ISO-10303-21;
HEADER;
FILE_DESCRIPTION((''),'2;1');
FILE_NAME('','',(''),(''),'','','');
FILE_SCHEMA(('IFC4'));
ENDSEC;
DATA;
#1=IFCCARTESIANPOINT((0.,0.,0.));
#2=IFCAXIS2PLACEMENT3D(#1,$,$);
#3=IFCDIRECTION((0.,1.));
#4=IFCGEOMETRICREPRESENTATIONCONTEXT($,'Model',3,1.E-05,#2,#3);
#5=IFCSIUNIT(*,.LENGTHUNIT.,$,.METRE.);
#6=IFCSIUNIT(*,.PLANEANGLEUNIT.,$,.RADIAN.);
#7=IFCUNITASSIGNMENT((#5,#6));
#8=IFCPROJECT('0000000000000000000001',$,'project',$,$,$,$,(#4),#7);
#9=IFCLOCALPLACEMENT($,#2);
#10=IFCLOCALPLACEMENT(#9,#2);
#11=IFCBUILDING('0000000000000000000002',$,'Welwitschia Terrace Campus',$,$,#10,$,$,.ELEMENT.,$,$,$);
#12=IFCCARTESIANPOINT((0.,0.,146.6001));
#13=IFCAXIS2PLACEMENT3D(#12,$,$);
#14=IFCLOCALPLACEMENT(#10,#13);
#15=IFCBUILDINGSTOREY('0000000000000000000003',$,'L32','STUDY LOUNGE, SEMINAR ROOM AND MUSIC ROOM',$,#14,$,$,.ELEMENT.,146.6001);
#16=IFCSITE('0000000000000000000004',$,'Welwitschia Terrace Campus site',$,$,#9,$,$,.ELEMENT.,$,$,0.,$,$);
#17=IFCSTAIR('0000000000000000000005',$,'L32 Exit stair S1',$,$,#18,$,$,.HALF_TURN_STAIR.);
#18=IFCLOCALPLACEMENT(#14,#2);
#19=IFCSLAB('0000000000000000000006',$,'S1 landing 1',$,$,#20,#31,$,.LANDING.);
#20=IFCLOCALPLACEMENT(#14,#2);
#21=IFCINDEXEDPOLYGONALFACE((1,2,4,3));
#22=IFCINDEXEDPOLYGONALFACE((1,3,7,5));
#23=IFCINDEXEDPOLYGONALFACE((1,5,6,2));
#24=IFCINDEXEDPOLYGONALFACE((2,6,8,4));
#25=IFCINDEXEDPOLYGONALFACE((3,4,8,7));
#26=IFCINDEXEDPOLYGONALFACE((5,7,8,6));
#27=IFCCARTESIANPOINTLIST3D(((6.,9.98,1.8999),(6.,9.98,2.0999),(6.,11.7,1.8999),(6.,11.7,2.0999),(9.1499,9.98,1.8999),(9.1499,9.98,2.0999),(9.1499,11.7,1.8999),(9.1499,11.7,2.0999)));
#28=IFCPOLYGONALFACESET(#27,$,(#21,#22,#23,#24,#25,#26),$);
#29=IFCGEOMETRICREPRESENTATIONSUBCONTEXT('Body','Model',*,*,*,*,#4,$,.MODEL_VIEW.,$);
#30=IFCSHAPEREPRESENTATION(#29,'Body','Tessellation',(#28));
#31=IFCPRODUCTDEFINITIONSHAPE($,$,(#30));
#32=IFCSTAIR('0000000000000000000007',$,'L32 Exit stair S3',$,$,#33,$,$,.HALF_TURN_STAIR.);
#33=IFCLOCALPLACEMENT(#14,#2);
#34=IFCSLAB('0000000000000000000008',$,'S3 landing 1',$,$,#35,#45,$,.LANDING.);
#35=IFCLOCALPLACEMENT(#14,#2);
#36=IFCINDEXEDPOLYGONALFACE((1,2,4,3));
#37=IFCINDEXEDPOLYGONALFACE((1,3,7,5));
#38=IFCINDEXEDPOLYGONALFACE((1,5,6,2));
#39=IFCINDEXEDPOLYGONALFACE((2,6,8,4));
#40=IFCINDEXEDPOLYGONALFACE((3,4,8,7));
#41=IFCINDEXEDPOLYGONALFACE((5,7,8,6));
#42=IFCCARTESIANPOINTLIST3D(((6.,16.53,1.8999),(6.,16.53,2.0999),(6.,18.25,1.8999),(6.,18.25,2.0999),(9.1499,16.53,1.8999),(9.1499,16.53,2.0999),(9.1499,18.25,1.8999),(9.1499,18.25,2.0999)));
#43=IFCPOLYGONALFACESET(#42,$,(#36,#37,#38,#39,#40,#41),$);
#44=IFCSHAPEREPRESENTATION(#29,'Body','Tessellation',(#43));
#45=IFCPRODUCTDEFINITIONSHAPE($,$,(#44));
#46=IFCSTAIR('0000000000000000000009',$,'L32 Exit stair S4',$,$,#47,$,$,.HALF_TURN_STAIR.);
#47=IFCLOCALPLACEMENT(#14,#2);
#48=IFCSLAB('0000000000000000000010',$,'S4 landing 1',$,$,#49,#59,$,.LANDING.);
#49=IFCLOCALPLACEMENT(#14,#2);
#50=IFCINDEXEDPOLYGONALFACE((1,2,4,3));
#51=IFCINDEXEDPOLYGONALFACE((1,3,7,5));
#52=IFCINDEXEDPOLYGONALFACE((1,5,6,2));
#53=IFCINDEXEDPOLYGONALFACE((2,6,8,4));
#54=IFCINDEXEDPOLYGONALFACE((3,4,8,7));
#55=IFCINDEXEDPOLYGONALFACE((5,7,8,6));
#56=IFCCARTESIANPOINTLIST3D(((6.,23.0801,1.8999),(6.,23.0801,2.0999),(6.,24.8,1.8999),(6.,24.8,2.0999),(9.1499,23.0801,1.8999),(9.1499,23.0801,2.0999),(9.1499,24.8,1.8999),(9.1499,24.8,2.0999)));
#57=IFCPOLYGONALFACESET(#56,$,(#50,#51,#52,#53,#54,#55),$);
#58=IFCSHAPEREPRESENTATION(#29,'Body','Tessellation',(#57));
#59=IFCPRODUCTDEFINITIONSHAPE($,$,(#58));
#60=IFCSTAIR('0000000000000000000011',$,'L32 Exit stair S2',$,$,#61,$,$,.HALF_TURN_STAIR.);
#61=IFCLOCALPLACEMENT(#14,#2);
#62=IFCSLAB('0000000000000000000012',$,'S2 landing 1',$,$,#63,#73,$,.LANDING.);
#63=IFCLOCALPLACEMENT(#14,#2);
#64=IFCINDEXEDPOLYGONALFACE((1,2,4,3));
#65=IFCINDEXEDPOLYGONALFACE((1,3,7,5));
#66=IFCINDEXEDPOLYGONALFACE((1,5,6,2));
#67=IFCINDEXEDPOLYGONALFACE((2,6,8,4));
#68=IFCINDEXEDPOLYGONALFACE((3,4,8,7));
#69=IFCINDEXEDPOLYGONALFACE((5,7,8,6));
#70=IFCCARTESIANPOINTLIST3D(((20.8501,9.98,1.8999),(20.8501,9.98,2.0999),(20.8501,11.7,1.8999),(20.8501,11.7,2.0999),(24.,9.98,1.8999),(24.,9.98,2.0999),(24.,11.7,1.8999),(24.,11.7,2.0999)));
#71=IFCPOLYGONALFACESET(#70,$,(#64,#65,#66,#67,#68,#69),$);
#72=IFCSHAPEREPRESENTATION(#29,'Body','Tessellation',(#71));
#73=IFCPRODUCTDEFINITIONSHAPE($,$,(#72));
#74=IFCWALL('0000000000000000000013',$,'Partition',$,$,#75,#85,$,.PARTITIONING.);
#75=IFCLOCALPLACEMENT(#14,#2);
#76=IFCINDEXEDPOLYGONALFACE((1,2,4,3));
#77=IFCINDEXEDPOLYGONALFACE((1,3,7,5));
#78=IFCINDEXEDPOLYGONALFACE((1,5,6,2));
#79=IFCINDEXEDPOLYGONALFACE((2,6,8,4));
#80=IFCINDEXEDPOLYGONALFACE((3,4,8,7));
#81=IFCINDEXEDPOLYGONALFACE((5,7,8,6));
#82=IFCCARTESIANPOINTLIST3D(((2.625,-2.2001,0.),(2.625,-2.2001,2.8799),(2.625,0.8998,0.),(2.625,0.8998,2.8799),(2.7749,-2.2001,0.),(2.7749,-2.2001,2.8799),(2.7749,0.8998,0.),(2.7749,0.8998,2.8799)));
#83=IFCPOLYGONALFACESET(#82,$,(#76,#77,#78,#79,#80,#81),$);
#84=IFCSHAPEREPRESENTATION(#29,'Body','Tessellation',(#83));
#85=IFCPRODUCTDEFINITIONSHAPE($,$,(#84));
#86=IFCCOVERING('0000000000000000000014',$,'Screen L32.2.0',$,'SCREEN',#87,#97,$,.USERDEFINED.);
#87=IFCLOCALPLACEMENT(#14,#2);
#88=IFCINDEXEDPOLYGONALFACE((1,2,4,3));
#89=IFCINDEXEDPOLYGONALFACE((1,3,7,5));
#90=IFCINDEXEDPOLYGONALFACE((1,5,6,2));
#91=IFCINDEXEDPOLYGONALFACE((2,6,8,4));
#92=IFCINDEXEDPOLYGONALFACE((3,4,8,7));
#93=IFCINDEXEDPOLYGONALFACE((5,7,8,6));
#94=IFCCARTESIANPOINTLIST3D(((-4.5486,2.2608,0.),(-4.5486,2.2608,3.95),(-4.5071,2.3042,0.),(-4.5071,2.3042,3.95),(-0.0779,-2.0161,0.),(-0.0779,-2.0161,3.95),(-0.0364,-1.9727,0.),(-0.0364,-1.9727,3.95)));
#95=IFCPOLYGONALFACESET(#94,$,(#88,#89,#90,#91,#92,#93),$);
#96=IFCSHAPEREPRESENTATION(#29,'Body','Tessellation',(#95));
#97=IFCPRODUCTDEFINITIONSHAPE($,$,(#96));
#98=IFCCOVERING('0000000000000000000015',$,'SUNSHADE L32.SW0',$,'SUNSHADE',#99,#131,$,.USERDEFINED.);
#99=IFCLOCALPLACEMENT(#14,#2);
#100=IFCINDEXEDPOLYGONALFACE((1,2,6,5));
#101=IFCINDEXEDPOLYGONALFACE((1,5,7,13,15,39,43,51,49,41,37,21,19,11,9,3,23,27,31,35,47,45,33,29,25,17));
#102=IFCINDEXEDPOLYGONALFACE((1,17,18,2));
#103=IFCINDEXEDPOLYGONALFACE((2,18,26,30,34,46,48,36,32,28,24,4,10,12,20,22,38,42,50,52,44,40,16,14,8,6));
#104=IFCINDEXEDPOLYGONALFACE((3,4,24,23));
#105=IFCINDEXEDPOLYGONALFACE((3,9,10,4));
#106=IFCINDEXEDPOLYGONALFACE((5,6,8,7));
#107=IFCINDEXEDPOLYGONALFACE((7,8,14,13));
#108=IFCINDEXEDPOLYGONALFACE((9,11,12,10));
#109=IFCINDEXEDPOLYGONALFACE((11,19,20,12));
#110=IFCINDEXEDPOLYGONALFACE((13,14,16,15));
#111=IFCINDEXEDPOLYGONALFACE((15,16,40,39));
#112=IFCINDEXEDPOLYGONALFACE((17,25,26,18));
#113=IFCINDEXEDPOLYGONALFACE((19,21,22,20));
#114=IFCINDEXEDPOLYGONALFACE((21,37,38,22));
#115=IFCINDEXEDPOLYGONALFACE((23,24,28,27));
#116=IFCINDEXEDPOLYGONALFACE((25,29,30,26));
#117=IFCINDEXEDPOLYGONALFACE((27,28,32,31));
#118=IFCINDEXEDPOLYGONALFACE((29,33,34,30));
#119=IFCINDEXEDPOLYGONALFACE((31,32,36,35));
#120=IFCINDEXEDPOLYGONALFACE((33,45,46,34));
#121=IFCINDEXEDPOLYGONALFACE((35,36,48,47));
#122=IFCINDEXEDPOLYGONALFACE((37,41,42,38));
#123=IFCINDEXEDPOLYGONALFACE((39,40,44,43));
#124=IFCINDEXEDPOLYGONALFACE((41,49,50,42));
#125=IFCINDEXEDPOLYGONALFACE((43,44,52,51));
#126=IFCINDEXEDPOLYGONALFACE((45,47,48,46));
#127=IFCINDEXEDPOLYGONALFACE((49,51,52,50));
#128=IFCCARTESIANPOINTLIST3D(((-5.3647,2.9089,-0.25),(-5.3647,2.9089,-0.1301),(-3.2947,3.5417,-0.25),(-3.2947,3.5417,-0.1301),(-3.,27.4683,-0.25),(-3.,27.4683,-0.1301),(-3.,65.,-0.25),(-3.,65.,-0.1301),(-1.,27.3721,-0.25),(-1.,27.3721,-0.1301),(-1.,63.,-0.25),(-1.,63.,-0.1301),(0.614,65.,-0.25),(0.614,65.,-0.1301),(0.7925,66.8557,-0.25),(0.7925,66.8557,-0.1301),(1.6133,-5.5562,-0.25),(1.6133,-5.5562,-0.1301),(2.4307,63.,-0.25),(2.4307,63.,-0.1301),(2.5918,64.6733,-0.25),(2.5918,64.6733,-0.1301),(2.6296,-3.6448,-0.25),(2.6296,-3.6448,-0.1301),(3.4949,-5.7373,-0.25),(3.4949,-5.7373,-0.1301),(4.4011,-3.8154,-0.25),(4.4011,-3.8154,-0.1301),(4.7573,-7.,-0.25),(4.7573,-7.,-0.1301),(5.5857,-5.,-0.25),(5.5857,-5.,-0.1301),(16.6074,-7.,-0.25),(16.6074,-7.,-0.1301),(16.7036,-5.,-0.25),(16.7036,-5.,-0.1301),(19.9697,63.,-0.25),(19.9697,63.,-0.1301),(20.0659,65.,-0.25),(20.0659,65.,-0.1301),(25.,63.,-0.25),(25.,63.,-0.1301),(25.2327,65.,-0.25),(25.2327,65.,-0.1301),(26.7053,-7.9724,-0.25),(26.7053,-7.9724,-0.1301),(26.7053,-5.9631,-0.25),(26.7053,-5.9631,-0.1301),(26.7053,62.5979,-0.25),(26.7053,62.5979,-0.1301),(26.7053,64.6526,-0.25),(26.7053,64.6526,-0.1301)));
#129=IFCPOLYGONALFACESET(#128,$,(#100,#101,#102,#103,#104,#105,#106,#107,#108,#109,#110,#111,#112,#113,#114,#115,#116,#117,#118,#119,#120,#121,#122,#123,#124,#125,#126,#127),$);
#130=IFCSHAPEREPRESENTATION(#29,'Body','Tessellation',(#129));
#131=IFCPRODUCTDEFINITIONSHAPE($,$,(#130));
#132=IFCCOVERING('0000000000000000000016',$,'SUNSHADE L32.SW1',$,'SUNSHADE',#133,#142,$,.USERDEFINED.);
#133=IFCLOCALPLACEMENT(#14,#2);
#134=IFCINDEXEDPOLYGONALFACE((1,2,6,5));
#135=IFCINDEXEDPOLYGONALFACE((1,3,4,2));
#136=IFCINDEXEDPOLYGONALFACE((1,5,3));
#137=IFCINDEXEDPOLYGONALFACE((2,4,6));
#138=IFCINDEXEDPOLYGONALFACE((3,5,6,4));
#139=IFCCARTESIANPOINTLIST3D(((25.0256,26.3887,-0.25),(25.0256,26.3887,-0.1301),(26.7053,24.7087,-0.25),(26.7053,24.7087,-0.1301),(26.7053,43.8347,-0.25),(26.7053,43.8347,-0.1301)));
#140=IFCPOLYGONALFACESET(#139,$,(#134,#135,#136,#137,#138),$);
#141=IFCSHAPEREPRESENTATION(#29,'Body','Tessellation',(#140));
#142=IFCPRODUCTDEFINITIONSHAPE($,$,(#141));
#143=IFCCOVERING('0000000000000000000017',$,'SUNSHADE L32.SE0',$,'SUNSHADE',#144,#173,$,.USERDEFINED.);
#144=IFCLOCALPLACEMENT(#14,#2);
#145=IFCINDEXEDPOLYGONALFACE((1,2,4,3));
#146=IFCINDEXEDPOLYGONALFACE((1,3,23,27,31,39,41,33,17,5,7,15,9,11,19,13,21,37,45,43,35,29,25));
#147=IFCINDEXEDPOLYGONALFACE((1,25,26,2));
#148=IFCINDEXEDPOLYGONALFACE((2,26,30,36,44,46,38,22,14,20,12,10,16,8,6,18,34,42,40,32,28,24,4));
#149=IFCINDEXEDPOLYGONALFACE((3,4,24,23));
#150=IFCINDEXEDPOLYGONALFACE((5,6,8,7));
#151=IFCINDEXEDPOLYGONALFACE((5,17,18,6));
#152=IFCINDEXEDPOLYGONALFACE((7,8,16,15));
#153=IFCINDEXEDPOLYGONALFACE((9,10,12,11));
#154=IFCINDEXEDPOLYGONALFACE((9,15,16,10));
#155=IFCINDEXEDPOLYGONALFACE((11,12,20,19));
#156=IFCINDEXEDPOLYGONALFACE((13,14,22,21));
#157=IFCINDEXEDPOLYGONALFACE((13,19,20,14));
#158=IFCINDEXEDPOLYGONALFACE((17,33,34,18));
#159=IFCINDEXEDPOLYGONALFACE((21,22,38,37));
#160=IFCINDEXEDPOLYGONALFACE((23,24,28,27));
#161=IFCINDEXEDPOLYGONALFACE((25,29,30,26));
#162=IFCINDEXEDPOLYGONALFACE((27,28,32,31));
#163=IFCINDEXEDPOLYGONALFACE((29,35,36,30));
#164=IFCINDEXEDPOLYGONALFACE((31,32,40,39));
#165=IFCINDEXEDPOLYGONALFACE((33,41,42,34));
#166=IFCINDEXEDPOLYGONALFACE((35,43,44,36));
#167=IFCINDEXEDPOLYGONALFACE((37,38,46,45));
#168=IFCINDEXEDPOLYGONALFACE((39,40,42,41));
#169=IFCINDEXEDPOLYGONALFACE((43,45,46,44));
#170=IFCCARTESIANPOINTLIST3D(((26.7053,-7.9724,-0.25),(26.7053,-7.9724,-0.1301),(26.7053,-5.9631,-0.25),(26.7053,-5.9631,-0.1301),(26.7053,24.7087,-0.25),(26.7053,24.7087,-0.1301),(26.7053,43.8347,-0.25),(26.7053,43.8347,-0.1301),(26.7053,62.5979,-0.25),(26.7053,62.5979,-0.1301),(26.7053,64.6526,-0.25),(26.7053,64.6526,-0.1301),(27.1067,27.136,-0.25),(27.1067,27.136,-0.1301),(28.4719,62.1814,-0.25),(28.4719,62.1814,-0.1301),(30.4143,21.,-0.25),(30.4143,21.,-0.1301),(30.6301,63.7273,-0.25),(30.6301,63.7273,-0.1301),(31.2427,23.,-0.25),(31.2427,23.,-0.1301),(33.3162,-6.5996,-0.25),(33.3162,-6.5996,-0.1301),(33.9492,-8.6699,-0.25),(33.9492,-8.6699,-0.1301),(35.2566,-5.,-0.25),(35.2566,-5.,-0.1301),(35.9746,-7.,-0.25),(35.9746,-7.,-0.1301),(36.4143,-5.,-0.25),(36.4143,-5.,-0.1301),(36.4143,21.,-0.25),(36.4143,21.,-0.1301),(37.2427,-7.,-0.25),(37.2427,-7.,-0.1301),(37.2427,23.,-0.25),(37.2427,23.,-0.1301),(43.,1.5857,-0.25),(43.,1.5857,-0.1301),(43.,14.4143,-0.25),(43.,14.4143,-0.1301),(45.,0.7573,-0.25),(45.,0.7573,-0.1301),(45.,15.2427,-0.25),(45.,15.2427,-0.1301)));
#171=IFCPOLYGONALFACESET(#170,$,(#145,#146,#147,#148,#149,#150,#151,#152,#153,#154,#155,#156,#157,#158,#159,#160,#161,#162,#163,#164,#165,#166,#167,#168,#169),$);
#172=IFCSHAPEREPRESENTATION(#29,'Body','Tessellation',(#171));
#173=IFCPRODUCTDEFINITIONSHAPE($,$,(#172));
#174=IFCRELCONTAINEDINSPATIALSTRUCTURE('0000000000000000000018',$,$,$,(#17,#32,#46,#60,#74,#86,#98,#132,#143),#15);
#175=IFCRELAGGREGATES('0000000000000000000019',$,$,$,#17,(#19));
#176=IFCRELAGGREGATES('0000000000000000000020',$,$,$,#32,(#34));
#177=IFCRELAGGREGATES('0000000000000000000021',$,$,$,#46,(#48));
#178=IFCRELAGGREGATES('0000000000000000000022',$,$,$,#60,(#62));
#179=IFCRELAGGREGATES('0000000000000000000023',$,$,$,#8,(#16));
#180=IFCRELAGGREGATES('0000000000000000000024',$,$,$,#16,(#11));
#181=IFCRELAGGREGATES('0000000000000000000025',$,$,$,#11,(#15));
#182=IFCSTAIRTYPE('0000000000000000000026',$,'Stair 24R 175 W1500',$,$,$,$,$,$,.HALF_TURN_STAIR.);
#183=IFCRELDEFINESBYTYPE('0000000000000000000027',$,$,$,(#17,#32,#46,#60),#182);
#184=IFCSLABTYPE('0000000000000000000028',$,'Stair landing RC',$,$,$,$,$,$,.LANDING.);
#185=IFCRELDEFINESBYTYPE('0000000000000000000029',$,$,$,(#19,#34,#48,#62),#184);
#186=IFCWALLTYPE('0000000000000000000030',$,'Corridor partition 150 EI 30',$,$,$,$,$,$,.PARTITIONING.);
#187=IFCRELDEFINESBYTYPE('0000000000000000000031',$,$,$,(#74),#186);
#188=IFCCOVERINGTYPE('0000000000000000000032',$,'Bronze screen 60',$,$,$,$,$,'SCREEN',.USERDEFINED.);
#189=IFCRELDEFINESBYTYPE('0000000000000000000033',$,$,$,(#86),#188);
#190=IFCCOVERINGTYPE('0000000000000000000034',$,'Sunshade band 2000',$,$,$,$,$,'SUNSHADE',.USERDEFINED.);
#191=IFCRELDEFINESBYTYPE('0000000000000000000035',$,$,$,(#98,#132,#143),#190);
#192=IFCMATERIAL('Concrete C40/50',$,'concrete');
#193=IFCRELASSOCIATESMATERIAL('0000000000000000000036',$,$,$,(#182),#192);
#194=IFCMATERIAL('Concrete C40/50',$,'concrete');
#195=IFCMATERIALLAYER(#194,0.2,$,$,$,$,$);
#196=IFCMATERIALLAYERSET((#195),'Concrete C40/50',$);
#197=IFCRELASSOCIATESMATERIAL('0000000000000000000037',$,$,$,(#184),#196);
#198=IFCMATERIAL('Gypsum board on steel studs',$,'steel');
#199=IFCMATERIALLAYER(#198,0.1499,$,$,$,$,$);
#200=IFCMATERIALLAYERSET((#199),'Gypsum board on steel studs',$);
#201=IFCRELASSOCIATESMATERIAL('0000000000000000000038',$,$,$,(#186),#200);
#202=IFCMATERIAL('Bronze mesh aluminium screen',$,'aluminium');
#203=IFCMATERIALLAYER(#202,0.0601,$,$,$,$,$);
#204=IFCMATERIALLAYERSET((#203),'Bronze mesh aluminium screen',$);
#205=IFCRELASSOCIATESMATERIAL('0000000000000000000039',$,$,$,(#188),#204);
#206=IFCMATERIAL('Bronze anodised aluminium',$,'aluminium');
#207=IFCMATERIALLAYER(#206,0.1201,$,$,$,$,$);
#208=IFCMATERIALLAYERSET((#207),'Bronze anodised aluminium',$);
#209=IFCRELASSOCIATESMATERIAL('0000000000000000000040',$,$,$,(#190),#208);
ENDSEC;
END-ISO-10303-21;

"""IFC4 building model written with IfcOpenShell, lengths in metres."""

from ifc_helpers import new_model, si_unit, direction, frame, frame_2d, origin, origin_2d, place, context, subcontext, project, spatial, polyline, rectangle, outline, extrude, material, layer, layer_set, type_object, element, aggregate, save


model = new_model("IFC4")

# Units and contexts
model_context = context("Model", 3, precision=1e-05, world=origin(), true_north=direction((0.0, 1.0)))
body_context = subcontext(model_context, "Body", "Model", "MODEL_VIEW")
ifc_project = project(units=[si_unit("LENGTHUNIT", "METRE"), si_unit("PLANEANGLEUNIT", "RADIAN")], contexts=[model_context])

# Site, building, storey
site_placement = place(None, origin())
site = spatial("IfcSite", under=ifc_project, at=site_placement, Name="Welwitschia Terrace Campus site", CompositionType="ELEMENT", RefElevation=0.0)
building_placement = place(site_placement, origin())
building = spatial("IfcBuilding", under=site, at=building_placement, Name="Welwitschia Terrace Campus", CompositionType="ELEMENT")
storey_placement = place(building_placement, frame((0.0, 0.0, 146.6001)))
storey = spatial("IfcBuildingStorey", under=building, at=storey_placement, Name="L32", Description="STUDY LOUNGE, SEMINAR ROOM AND MUSIC ROOM", CompositionType="ELEMENT", Elevation=146.6001)

# Stairs, slabs
ifc_material_1 = material(Name="Concrete C40/50", Category="concrete")
stair_type = type_object("IfcStairType", Name="Stair 24R 175 W1500", PredefinedType="HALF_TURN_STAIR", material=ifc_material_1)
stair_1_placement = place(storey_placement, origin())
stair_1 = element("IfcStair", 1, at=stair_1_placement, inside=storey, type_object=stair_type, Name="L32 Exit stair S1", PredefinedType="HALF_TURN_STAIR")
ifc_material_2 = material(Name="Concrete C40/50", Category="concrete")
ifc_layer_1 = layer(ifc_material_2, 0.2)
ifc_layer_set_1 = layer_set([ifc_layer_1], Name="Concrete C40/50")
slab_type_1 = type_object("IfcSlabType", Name="Stair landing RC", PredefinedType="LANDING", material=ifc_layer_set_1)
slab_1_placement = place(storey_placement, frame((0.0, 0.0, 1.8999)))
slab_1 = element("IfcSlab", 2, at=slab_1_placement, type_object=slab_type_1, Name="S1 landing 1", PredefinedType="LANDING", context=body_context, shape_type="SweptSolid", body=[
    extrude(outline(polyline([(9.1499, 9.98), (9.1499, 11.7), (6.0, 11.7), (6.0, 9.98), (9.1499, 9.98)])), origin(), (0.0, 0.0, 1.0), 0.2),
])
aggregate(stair_1, [slab_1])
stair_2_placement = place(storey_placement, origin())
stair_2 = element("IfcStair", 3, at=stair_2_placement, inside=storey, type_object=stair_type, Name="L32 Exit stair S3", PredefinedType="HALF_TURN_STAIR")
slab_2_placement = place(storey_placement, frame((0.0, 0.0, 1.8999)))
slab_2 = element("IfcSlab", 4, at=slab_2_placement, type_object=slab_type_1, Name="S3 landing 1", PredefinedType="LANDING", context=body_context, shape_type="SweptSolid", body=[
    extrude(outline(polyline([(9.1499, 16.53), (9.1499, 18.25), (6.0, 18.25), (6.0, 16.53), (9.1499, 16.53)])), origin(), (0.0, 0.0, 1.0), 0.2),
])
aggregate(stair_2, [slab_2])
stair_3_placement = place(storey_placement, origin())
stair_3 = element("IfcStair", 5, at=stair_3_placement, inside=storey, type_object=stair_type, Name="L32 Exit stair S4", PredefinedType="HALF_TURN_STAIR")
slab_3_placement = place(storey_placement, frame((0.0, 0.0, 1.8999)))
slab_3 = element("IfcSlab", 6, at=slab_3_placement, type_object=slab_type_1, Name="S4 landing 1", PredefinedType="LANDING", context=body_context, shape_type="SweptSolid", body=[
    extrude(outline(polyline([(9.1499, 23.0801), (9.1499, 24.8), (6.0, 24.8), (6.0, 23.0801), (9.1499, 23.0801)])), origin(), (0.0, 0.0, 1.0), 0.2),
])
aggregate(stair_3, [slab_3])
stair_4_placement = place(storey_placement, origin())
stair_4 = element("IfcStair", 7, at=stair_4_placement, inside=storey, type_object=stair_type, Name="L32 Exit stair S2", PredefinedType="HALF_TURN_STAIR")
slab_4_placement = place(storey_placement, frame((0.0, 0.0, 1.8999)))
slab_4 = element("IfcSlab", 8, at=slab_4_placement, type_object=slab_type_1, Name="S2 landing 1", PredefinedType="LANDING", context=body_context, shape_type="SweptSolid", body=[
    extrude(outline(polyline([(24.0, 9.98), (24.0, 11.7), (20.8501, 11.7), (20.8501, 9.98), (24.0, 9.98)])), origin(), (0.0, 0.0, 1.0), 0.2),
])
aggregate(stair_4, [slab_4])

# Wall
ifc_material_3 = material(Name="Gypsum board on steel studs", Category="steel")
ifc_layer_2 = layer(ifc_material_3, 0.1499)
ifc_layer_set_2 = layer_set([ifc_layer_2], Name="Gypsum board on steel studs")
wall_type = type_object("IfcWallType", Name="Corridor partition 150 EI 30", PredefinedType="PARTITIONING", material=ifc_layer_set_2)
wall_placement = place(storey_placement, frame((2.7, -2.2, 0.0), z_axis=(0.0, 0.0, 1.0), x_axis=(0.0, 1.0, 0.0)))
element("IfcWall", 9, at=wall_placement, inside=storey, type_object=wall_type, Name="Partition", PredefinedType="PARTITIONING", context=body_context, shape_type="SweptSolid", body=[
    extrude(rectangle(XDim=3.0999, YDim=0.1499, at=frame_2d((1.5498, 0.0))), origin(), (0.0, 0.0, 1.0), 2.8799),
])

# Coverings
ifc_material_4 = material(Name="Bronze mesh aluminium screen", Category="aluminium")
ifc_layer_3 = layer(ifc_material_4, 0.0601)
ifc_layer_set_3 = layer_set([ifc_layer_3], Name="Bronze mesh aluminium screen")
covering_type_1 = type_object("IfcCoveringType", Name="Bronze screen 60", ElementType="SCREEN", PredefinedType="USERDEFINED", material=ifc_layer_set_3)
covering_1_placement = place(storey_placement, frame((-2.2925, 0.144, 0.0), z_axis=(0.0, 0.0, 1.0), x_axis=(0.722588, -0.691279, 0.0)))
element("IfcCovering", 10, at=covering_1_placement, inside=storey, type_object=covering_type_1, Name="Screen L32.2.0", ObjectType="SCREEN", PredefinedType="USERDEFINED", context=body_context, shape_type="SweptSolid", body=[
    extrude(rectangle(XDim=6.187, YDim=0.0601, at=origin_2d()), origin(), (0.0, 0.0, 1.0), 3.95),
])
ifc_material_5 = material(Name="Bronze anodised aluminium", Category="aluminium")
ifc_layer_4 = layer(ifc_material_5, 0.1201)
ifc_layer_set_4 = layer_set([ifc_layer_4], Name="Bronze anodised aluminium")
covering_type_2 = type_object("IfcCoveringType", Name="Sunshade band 2000", ElementType="SUNSHADE", PredefinedType="USERDEFINED", material=ifc_layer_set_4)
covering_2_placement = place(storey_placement, frame((0.0, 0.0, -0.25)))
element("IfcCovering", 11, at=covering_2_placement, inside=storey, type_object=covering_type_2, Name="SUNSHADE L32.SW0", ObjectType="SUNSHADE", PredefinedType="USERDEFINED", context=body_context, shape_type="SweptSolid", body=[
    extrude(outline(polyline([(0.7925, 66.8557), (20.0659, 65.0), (25.2327, 65.0), (26.7053, 64.6526), (26.7053, 62.5979), (25.0, 63.0), (19.9697, 63.0), (2.5918, 64.6733), (2.4307, 63.0), (-1.0, 63.0), (-1.0, 27.3721), (-3.2947, 3.5417), (2.6296, -3.6448), (4.4011, -3.8154), (5.5857, -5.0), (16.7036, -5.0), (26.7053, -5.9631), (26.7053, -7.9724), (16.6074, -7.0), (4.7573, -7.0), (3.4949, -5.7373), (1.6133, -5.5562), (-5.3647, 2.9089), (-3.0, 27.4683), (-3.0, 65.0), (0.614, 65.0), (0.7925, 66.8557)])), origin(), (0.0, 0.0, 1.0), 0.1199),
])
covering_3_placement = place(storey_placement, frame((0.0, 0.0, -0.25)))
element("IfcCovering", 12, at=covering_3_placement, inside=storey, type_object=covering_type_2, Name="SUNSHADE L32.SW1", ObjectType="SUNSHADE", PredefinedType="USERDEFINED", context=body_context, shape_type="SweptSolid", body=[
    extrude(outline(polyline([(25.0256, 26.3887), (26.7053, 43.8347), (26.7053, 24.7087), (25.0256, 26.3887)])), origin(), (0.0, 0.0, 1.0), 0.1199),
])
covering_4_placement = place(storey_placement, frame((0.0, 0.0, -0.25)))
element("IfcCovering", 13, at=covering_4_placement, inside=storey, type_object=covering_type_2, Name="SUNSHADE L32.SE0", ObjectType="SUNSHADE", PredefinedType="USERDEFINED", context=body_context, shape_type="SweptSolid", body=[
    extrude(outline(polyline([(30.6301, 63.7273), (27.1067, 27.136), (31.2427, 23.0), (37.2427, 23.0), (45.0, 15.2427), (45.0, 0.7573), (37.2427, -7.0), (35.9746, -7.0), (33.9492, -8.6699), (26.7053, -7.9724), (26.7053, -5.9631), (33.3162, -6.5996), (35.2566, -5.0), (36.4143, -5.0), (43.0, 1.5857), (43.0, 14.4143), (36.4143, 21.0), (30.4143, 21.0), (26.7053, 24.7087), (26.7053, 43.8347), (28.4719, 62.1814), (26.7053, 62.5979), (26.7053, 64.6526), (30.6301, 63.7273)])), origin(), (0.0, 0.0, 1.0), 0.1199),
])

save(model, "model.ifc")
